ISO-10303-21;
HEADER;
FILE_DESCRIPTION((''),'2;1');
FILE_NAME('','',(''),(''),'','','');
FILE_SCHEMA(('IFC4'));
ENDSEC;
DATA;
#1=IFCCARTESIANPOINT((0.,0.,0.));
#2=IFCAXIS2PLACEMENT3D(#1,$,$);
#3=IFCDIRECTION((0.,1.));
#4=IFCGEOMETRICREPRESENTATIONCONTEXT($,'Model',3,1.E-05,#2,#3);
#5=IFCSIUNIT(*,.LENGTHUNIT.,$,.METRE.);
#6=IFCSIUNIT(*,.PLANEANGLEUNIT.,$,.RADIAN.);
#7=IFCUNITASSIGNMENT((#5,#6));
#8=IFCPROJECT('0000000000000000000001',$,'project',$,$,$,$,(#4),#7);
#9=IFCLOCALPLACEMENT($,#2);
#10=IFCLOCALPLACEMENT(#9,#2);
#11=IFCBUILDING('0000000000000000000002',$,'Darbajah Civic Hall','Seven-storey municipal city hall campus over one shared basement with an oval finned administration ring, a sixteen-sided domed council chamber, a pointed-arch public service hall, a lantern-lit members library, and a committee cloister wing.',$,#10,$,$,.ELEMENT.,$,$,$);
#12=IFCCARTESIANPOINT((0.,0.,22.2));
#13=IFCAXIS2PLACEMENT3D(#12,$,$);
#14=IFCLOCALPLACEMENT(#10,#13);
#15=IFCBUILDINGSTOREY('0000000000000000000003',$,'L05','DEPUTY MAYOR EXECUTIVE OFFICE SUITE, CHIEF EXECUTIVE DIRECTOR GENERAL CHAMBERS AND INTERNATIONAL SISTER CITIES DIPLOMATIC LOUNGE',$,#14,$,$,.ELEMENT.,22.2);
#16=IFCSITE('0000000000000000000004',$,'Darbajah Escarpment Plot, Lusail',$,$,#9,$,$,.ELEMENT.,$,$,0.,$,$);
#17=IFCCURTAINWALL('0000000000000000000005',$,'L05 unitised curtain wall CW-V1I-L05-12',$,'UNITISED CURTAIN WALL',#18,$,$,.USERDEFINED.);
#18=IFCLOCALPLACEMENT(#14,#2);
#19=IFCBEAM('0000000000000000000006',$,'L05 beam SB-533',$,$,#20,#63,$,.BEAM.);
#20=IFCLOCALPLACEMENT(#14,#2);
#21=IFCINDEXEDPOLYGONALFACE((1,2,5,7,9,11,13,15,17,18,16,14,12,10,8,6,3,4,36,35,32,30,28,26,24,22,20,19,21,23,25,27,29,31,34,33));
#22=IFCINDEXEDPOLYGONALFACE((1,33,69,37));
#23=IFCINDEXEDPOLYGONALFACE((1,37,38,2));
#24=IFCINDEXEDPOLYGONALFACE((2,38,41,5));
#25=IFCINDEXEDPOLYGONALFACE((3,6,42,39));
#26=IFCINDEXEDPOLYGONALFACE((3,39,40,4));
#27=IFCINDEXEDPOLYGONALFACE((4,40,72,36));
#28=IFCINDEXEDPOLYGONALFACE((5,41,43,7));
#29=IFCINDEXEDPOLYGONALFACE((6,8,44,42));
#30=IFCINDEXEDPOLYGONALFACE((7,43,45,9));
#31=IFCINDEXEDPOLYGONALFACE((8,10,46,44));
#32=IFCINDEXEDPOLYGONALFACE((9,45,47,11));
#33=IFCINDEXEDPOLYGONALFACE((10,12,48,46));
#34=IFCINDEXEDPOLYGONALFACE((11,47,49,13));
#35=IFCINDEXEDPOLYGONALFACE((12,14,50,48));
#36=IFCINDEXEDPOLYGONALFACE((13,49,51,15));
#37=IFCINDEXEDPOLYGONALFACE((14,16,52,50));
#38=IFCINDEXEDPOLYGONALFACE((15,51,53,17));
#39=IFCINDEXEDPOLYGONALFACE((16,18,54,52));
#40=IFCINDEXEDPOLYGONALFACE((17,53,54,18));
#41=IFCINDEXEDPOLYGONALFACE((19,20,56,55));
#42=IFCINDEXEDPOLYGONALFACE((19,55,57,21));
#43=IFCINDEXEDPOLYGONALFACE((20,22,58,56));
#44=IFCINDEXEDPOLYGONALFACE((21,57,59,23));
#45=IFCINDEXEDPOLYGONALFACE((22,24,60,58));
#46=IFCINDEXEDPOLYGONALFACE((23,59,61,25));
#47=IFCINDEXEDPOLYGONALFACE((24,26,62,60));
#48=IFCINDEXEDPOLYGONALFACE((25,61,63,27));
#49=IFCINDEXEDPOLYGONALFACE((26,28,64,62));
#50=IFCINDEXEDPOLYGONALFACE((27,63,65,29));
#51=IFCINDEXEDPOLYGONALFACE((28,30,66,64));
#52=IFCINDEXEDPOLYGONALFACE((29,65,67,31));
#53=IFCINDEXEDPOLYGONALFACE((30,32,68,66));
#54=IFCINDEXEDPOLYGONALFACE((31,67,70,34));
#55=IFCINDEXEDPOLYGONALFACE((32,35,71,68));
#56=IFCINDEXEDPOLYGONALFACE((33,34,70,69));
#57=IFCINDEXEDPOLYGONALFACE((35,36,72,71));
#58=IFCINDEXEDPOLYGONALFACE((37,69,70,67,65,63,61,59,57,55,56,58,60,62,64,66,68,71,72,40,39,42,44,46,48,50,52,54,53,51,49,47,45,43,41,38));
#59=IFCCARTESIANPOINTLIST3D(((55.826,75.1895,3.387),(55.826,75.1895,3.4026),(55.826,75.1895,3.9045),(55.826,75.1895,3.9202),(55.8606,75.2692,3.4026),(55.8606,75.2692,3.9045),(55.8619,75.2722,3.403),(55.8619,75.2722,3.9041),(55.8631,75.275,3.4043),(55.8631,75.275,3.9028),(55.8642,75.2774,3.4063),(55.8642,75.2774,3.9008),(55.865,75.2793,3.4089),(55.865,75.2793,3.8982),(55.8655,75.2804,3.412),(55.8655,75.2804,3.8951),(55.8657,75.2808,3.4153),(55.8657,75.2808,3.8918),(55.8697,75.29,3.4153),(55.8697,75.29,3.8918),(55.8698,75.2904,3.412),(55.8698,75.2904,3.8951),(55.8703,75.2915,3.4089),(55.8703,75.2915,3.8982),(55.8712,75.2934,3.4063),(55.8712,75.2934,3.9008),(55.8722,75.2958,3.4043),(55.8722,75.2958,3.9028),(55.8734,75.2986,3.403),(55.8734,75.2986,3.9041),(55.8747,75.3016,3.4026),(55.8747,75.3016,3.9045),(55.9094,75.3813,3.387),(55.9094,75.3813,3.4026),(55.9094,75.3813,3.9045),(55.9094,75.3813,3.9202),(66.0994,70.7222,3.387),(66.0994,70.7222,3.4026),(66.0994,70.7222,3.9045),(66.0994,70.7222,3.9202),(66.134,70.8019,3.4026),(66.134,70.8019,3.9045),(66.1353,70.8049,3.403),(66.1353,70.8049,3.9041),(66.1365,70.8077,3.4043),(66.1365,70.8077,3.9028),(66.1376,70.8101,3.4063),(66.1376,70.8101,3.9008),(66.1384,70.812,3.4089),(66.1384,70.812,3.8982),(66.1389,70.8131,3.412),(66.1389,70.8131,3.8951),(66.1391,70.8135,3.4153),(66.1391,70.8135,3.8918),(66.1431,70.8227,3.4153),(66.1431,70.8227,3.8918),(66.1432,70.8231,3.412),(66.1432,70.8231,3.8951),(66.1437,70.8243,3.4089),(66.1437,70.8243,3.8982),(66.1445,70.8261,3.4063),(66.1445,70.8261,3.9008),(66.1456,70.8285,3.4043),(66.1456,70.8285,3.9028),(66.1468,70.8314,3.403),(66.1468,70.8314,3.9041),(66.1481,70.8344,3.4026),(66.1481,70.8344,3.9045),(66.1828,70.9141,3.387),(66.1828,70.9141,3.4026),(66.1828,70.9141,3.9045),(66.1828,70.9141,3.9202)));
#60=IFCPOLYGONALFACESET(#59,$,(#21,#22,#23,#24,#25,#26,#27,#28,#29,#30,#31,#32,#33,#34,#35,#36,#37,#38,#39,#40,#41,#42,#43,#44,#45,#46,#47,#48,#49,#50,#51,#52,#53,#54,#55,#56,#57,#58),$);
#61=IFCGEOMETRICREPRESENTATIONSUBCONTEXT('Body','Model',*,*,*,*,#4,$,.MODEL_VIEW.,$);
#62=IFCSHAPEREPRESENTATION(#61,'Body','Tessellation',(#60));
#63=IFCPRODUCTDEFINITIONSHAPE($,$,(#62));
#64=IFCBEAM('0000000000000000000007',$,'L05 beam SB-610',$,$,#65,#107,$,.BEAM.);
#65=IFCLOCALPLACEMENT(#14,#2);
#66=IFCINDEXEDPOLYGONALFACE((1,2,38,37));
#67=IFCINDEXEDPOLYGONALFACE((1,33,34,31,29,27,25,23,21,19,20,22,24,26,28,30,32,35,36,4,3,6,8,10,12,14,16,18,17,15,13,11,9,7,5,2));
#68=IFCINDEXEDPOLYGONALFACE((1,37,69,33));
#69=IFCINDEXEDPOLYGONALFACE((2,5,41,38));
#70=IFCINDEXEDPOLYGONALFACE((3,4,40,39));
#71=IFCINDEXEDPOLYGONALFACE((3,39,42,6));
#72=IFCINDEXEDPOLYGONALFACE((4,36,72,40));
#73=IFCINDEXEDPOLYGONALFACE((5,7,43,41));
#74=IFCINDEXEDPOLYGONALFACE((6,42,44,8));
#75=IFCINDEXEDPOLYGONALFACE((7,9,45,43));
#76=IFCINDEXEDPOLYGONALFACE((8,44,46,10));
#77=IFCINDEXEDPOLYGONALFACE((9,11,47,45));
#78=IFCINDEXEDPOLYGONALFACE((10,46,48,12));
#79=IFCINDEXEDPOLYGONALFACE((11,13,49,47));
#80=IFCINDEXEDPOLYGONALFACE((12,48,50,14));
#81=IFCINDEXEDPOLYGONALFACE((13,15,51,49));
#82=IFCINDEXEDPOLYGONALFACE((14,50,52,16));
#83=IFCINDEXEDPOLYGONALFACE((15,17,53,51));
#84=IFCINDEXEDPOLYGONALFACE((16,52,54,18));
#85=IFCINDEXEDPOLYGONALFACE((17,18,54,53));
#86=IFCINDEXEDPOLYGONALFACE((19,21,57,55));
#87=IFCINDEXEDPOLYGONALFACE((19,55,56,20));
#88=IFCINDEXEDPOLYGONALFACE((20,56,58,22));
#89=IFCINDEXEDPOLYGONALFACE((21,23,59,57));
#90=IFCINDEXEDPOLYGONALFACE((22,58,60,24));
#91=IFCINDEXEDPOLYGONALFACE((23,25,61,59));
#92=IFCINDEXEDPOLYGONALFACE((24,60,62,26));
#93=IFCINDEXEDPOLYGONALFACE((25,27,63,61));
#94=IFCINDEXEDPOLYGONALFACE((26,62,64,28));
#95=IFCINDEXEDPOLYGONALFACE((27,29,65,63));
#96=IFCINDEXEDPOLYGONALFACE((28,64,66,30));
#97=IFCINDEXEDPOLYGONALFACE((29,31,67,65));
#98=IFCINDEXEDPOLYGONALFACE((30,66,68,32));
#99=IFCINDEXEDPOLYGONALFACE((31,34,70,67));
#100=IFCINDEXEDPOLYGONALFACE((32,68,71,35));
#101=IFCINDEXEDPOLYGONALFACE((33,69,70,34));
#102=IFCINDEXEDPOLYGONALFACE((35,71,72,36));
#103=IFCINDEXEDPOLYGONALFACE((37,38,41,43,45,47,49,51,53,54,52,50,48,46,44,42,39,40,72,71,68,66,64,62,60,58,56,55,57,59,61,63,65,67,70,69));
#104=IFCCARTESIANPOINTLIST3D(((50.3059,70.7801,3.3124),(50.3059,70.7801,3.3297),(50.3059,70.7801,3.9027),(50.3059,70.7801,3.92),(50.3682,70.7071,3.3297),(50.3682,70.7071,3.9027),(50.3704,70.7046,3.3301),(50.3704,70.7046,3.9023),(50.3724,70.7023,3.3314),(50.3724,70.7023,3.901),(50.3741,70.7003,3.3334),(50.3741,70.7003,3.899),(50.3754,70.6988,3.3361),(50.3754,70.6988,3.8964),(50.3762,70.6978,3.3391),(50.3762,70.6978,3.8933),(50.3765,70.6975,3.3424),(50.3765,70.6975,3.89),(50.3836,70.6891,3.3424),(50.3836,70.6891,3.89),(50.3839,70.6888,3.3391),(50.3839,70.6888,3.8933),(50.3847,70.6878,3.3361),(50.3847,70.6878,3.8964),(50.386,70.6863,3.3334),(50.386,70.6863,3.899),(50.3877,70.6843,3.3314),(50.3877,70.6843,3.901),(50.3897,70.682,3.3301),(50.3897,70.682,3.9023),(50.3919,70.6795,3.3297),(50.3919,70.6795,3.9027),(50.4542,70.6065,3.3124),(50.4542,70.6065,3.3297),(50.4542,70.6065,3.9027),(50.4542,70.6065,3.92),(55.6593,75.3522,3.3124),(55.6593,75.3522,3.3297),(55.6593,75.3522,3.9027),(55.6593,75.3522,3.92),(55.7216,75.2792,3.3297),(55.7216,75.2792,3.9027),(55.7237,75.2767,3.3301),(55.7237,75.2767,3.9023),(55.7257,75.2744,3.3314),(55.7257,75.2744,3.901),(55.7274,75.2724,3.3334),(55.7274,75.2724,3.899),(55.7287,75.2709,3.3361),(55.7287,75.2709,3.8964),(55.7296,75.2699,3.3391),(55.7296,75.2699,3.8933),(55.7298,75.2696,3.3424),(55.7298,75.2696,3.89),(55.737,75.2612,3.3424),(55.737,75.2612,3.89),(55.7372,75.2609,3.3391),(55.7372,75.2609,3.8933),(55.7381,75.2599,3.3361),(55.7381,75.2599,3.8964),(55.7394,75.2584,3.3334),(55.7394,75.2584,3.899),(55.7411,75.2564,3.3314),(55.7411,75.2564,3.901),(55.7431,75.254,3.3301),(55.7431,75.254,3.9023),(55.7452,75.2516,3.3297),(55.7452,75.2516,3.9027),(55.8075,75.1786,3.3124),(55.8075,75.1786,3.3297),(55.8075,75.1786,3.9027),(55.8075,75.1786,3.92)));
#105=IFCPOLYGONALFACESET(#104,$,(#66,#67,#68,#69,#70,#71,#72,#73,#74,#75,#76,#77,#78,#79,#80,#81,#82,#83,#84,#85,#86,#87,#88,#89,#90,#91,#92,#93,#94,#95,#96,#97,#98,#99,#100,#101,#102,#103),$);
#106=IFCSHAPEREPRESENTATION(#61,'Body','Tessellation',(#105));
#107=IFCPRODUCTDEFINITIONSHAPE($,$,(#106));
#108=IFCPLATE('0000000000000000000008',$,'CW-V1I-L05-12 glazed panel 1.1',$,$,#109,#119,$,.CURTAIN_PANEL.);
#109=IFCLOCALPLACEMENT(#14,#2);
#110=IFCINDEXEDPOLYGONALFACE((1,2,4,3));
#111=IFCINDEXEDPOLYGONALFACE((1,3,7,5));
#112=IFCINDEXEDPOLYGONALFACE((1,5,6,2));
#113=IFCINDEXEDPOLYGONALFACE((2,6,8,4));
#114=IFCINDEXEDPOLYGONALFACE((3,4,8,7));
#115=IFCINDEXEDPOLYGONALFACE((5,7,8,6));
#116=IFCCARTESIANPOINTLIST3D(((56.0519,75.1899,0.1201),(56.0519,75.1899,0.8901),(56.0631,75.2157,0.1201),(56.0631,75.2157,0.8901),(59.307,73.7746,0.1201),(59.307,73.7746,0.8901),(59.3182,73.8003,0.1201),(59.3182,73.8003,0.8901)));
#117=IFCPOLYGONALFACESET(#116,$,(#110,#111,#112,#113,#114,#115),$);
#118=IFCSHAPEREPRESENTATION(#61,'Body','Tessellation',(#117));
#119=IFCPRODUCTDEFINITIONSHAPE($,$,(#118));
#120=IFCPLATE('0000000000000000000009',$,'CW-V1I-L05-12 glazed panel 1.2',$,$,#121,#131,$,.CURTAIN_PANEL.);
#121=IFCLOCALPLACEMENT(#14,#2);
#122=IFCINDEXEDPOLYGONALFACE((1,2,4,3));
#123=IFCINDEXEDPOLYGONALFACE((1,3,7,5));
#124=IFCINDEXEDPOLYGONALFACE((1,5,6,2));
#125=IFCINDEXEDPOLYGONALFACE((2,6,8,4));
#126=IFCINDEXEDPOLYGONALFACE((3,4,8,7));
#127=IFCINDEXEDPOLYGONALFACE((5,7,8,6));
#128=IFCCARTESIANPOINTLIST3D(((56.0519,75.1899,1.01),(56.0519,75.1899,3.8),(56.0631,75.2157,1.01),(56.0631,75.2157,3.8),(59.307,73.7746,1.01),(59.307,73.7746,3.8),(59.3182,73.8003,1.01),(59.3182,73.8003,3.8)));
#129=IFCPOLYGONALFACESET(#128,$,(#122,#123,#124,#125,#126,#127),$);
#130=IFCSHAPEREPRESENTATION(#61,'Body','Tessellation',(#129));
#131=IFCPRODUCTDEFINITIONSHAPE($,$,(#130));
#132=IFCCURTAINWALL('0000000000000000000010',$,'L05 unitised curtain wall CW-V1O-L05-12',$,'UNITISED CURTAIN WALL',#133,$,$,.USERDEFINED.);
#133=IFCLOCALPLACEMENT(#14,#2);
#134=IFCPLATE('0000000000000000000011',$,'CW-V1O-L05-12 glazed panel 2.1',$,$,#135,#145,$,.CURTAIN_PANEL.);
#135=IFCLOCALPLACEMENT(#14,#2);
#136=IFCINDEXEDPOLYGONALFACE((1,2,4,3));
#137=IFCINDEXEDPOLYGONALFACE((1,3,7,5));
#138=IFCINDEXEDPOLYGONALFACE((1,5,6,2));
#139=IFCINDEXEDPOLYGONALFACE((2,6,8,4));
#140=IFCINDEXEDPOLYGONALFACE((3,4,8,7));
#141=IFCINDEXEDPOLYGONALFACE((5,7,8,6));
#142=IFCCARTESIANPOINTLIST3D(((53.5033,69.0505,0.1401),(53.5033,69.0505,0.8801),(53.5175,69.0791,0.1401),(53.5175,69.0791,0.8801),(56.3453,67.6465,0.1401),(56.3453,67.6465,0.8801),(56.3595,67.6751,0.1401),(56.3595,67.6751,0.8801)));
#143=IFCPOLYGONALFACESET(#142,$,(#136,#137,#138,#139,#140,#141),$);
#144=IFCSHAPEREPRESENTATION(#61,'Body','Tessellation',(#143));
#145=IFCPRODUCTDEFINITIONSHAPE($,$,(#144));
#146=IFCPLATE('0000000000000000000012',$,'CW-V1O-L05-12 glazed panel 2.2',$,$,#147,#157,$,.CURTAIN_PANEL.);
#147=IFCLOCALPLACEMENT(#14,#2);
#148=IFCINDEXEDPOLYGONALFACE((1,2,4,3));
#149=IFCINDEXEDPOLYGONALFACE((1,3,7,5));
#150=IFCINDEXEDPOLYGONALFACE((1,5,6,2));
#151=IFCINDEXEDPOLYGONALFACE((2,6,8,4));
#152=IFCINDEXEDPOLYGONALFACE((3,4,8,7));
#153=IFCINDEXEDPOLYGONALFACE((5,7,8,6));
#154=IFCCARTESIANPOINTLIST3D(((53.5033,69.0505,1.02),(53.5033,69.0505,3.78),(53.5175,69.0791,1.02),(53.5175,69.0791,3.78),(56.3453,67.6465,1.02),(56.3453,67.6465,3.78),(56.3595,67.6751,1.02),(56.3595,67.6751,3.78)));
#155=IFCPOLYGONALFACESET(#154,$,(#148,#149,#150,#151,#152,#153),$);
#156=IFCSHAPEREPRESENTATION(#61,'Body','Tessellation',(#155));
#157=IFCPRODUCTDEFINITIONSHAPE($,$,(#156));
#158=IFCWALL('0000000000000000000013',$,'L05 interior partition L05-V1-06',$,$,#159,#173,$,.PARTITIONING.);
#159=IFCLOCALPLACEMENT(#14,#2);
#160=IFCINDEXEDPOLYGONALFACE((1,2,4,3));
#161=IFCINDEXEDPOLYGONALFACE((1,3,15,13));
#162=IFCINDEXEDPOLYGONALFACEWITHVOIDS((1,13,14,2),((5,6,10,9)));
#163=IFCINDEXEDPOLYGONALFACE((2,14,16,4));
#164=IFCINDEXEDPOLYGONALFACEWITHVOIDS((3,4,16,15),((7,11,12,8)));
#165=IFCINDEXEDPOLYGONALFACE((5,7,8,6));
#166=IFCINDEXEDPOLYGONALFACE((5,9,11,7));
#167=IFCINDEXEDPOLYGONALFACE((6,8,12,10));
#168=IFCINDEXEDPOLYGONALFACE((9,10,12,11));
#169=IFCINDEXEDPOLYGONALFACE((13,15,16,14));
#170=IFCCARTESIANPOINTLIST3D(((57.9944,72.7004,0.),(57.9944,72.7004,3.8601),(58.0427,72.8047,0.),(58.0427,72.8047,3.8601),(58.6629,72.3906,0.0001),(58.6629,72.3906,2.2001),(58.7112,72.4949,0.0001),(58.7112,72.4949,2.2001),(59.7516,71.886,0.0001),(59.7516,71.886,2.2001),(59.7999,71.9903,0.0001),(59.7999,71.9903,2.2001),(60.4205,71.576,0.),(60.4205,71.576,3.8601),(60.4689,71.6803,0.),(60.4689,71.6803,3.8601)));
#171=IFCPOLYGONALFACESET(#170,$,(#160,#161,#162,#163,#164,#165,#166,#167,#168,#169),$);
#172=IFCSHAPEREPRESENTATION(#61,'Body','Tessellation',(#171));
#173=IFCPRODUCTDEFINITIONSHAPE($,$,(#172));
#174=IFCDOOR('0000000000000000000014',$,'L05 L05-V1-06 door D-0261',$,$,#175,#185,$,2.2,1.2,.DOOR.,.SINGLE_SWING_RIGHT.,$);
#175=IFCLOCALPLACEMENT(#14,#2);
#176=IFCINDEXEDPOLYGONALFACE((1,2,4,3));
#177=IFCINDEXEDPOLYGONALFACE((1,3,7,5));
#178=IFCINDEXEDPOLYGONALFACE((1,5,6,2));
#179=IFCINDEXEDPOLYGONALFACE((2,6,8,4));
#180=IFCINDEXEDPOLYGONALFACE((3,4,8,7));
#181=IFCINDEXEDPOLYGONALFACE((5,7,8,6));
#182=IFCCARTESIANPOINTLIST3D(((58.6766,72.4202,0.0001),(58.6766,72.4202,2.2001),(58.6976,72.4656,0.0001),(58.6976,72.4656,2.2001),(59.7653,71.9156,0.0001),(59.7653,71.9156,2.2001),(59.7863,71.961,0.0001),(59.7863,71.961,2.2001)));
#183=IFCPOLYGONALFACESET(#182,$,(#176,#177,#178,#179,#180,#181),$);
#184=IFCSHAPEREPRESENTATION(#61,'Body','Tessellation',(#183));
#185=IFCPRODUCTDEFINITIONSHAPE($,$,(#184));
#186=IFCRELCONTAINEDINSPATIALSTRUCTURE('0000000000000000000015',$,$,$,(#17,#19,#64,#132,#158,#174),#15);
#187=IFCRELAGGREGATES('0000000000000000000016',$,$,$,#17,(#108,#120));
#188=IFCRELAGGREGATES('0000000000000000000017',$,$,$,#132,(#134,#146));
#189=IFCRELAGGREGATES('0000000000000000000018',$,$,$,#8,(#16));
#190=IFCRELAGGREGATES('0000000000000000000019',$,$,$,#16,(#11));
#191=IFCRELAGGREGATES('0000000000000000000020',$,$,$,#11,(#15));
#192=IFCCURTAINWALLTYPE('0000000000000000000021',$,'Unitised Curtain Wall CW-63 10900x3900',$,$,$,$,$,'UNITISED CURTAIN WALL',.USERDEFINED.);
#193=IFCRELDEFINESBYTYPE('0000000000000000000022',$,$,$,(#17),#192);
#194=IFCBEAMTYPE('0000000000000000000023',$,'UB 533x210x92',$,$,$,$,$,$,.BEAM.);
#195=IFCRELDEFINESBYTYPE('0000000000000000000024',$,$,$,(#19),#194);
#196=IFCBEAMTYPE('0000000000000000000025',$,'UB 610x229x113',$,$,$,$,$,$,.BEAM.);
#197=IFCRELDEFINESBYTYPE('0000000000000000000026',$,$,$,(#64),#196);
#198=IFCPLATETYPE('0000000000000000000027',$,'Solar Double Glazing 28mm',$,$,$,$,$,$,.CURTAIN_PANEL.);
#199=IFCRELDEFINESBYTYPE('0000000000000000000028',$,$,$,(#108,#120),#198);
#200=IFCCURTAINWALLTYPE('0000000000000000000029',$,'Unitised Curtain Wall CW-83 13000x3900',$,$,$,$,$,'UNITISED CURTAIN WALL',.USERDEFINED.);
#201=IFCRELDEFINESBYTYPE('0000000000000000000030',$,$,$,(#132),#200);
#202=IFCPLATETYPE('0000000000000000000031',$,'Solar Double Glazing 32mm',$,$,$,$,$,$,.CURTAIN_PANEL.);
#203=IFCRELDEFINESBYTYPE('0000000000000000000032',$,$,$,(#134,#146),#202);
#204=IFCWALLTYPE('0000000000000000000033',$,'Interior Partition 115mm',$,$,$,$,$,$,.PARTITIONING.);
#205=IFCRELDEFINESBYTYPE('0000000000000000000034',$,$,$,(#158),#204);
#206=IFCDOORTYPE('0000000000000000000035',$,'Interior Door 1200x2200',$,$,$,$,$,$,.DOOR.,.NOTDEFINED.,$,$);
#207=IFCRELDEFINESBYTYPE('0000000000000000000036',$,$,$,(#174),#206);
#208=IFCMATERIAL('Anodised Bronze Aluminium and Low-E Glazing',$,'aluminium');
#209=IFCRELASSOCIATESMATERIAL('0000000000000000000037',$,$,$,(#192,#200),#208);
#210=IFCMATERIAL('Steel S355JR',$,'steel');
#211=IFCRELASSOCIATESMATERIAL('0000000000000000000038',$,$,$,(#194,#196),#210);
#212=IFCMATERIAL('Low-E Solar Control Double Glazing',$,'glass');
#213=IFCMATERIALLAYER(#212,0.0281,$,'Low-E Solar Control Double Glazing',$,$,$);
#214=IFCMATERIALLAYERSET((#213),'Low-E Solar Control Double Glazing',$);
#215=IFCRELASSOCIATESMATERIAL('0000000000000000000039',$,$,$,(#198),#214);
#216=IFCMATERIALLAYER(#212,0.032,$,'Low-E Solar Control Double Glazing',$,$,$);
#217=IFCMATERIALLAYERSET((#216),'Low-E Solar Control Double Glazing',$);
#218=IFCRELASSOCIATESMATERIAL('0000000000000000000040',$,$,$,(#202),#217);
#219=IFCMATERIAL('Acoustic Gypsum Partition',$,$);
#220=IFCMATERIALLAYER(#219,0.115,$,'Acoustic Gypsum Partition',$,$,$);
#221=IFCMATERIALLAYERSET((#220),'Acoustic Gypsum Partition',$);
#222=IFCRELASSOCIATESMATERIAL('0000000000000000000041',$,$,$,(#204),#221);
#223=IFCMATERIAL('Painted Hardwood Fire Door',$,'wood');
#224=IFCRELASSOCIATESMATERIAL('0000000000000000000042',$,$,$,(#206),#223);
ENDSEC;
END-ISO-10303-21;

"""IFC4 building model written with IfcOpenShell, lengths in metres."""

from ifc_helpers import new_model, si_unit, direction, frame, frame_2d, origin, origin_2d, place, context, subcontext, project, spatial, rectangle, i_section, extrude, material, layer, layer_set, material_profile, profile_set, type_object, element, fill, aggregate, save


model = new_model("IFC4")

# Units and contexts
model_context = context("Model", 3, precision=1e-05, world=origin(), true_north=direction((0.0, 1.0)))
body_context = subcontext(model_context, "Body", "Model", "MODEL_VIEW")
ifc_project = project(units=[si_unit("LENGTHUNIT", "METRE"), si_unit("PLANEANGLEUNIT", "RADIAN")], contexts=[model_context])

# Site, building, storey
site_placement = place(None, origin())
site = spatial("IfcSite", under=ifc_project, at=site_placement, Name="Darbajah Escarpment Plot, Lusail", CompositionType="ELEMENT", RefElevation=0.0)
building_placement = place(site_placement, origin())
building = spatial("IfcBuilding", under=site, at=building_placement, Name="Darbajah Civic Hall", Description="Seven-storey municipal city hall campus over one shared basement with an oval finned administration ring, a sixteen-sided domed council chamber, a pointed-arch public service hall, a lantern-lit members library, and a committee cloister wing.", CompositionType="ELEMENT")
storey_placement = place(building_placement, frame((0.0, 0.0, 22.2)))
storey = spatial("IfcBuildingStorey", under=building, at=storey_placement, Name="L05", Description="DEPUTY MAYOR EXECUTIVE OFFICE SUITE, CHIEF EXECUTIVE DIRECTOR GENERAL CHAMBERS AND INTERNATIONAL SISTER CITIES DIPLOMATIC LOUNGE", CompositionType="ELEMENT", Elevation=22.2)

# Curtain wall
ifc_material_1 = material(Name="Anodised Bronze Aluminium and Low-E Glazing", Category="aluminium")
curtain_wall_type_1 = type_object("IfcCurtainWallType", Name="Unitised Curtain Wall CW-63 10900x3900", ElementType="UNITISED CURTAIN WALL", PredefinedType="USERDEFINED", material=ifc_material_1)
curtain_wall_1_placement = place(storey_placement, origin())
curtain_wall_1 = element("IfcCurtainWall", 1, at=curtain_wall_1_placement, inside=storey, type_object=curtain_wall_type_1, Name="L05 unitised curtain wall CW-V1I-L05-12", ObjectType="UNITISED CURTAIN WALL", PredefinedType="USERDEFINED")

# Beams
ifc_material_2 = material(Name="Steel S355JR", Category="steel")
ifc_material_profile_1 = material_profile(ifc_material_2, i_section(OverallWidth=0.2092, OverallDepth=0.5332, WebThickness=0.01, FlangeThickness=0.0156, FilletRadius=0.0127, at=origin_2d()), Name="UB 533x210x92")
ifc_profile_set_1 = profile_set([ifc_material_profile_1], Name="Steel S355JR")
beam_type_1 = type_object("IfcBeamType", Name="UB 533x210x92", PredefinedType="BEAM", material=ifc_profile_set_1)
beam_1_placement = place(storey_placement, frame((55.8677, 75.2854, 3.6536), z_axis=(0.917051, -0.398769, 0.0), x_axis=(0.398769, 0.917051, 0.0)))
element("IfcBeam", 2, at=beam_1_placement, inside=storey, type_object=beam_type_1, Name="L05 beam SB-533", PredefinedType="BEAM", context=body_context, shape_type="SweptSolid", body=[
    extrude(i_section(OverallWidth=0.2092, OverallDepth=0.5332, WebThickness=0.01, FlangeThickness=0.0156, FilletRadius=0.0127, at=origin_2d()), origin(), (0.0, 0.0, 1.0), 11.2026),
])
ifc_material_profile_2 = material_profile(ifc_material_2, i_section(OverallWidth=0.2283, OverallDepth=0.6077, WebThickness=0.011, FlangeThickness=0.0173, FilletRadius=0.0127, at=origin_2d()), Name="UB 610x229x113")
ifc_profile_set_2 = profile_set([ifc_material_profile_2], Name="Steel S355JR")
beam_type_2 = type_object("IfcBeamType", Name="UB 610x229x113", PredefinedType="BEAM", material=ifc_profile_set_2)
beam_2_placement = place(storey_placement, frame((55.7334, 75.2654, 3.6162), z_axis=(-0.760413, -0.649439, 0.0), x_axis=(0.649439, -0.760413, 0.0)))
element("IfcBeam", 3, at=beam_2_placement, inside=storey, type_object=beam_type_2, Name="L05 beam SB-610", PredefinedType="BEAM", context=body_context, shape_type="SweptSolid", body=[
    extrude(i_section(OverallWidth=0.2283, OverallDepth=0.6077, WebThickness=0.011, FlangeThickness=0.0173, FilletRadius=0.0127, at=origin_2d()), origin(), (0.0, 0.0, 1.0), 7.04),
])

# Plates
ifc_material_3 = material(Name="Low-E Solar Control Double Glazing", Category="glass")
ifc_layer_1 = layer(ifc_material_3, 0.0281, Name="Low-E Solar Control Double Glazing")
ifc_layer_set_1 = layer_set([ifc_layer_1], Name="Low-E Solar Control Double Glazing")
plate_type_1 = type_object("IfcPlateType", Name="Solar Double Glazing 28mm", PredefinedType="CURTAIN_PANEL", material=ifc_layer_set_1)
plate_1_placement = place(storey_placement, frame((57.6851, 74.4951, 0.1201), z_axis=(0.0, 0.0, 1.0), x_axis=(0.91706, -0.398749, 0.0)))
plate_1 = element("IfcPlate", 4, at=plate_1_placement, type_object=plate_type_1, Name="CW-V1I-L05-12 glazed panel 1.1", PredefinedType="CURTAIN_PANEL", context=body_context, shape_type="SweptSolid", body=[
    extrude(rectangle(XDim=3.5496, YDim=0.0281, at=origin_2d()), origin(), (0.0, 0.0, 1.0), 0.77),
])
plate_2_placement = place(storey_placement, frame((57.6851, 74.4951, 1.01), z_axis=(0.0, 0.0, 1.0), x_axis=(0.91706, -0.398749, 0.0)))
plate_2 = element("IfcPlate", 5, at=plate_2_placement, type_object=plate_type_1, Name="CW-V1I-L05-12 glazed panel 1.2", PredefinedType="CURTAIN_PANEL", context=body_context, shape_type="SweptSolid", body=[
    extrude(rectangle(XDim=3.5496, YDim=0.0281, at=origin_2d()), origin(), (0.0, 0.0, 1.0), 2.79),
])
aggregate(curtain_wall_1, [plate_1, plate_2])

# Curtain wall, plates
curtain_wall_type_2 = type_object("IfcCurtainWallType", Name="Unitised Curtain Wall CW-83 13000x3900", ElementType="UNITISED CURTAIN WALL", PredefinedType="USERDEFINED", material=ifc_material_1)
curtain_wall_2_placement = place(storey_placement, origin())
curtain_wall_2 = element("IfcCurtainWall", 6, at=curtain_wall_2_placement, inside=storey, type_object=curtain_wall_type_2, Name="L05 unitised curtain wall CW-V1O-L05-12", ObjectType="UNITISED CURTAIN WALL", PredefinedType="USERDEFINED")
ifc_layer_2 = layer(ifc_material_3, 0.032, Name="Low-E Solar Control Double Glazing")
ifc_layer_set_2 = layer_set([ifc_layer_2], Name="Low-E Solar Control Double Glazing")
plate_type_2 = type_object("IfcPlateType", Name="Solar Double Glazing 32mm", PredefinedType="CURTAIN_PANEL", material=ifc_layer_set_2)
plate_3_placement = place(storey_placement, frame((54.9314, 68.3628, 0.1401), z_axis=(0.0, 0.0, 1.0), x_axis=(0.896564, -0.442915, 0.0)))
plate_3 = element("IfcPlate", 7, at=plate_3_placement, type_object=plate_type_2, Name="CW-V1O-L05-12 glazed panel 2.1", PredefinedType="CURTAIN_PANEL", context=body_context, shape_type="SweptSolid", body=[
    extrude(rectangle(XDim=3.1699, YDim=0.032, at=origin_2d()), origin(), (0.0, 0.0, 1.0), 0.74),
])
plate_4_placement = place(storey_placement, frame((54.9314, 68.3628, 1.02), z_axis=(0.0, 0.0, 1.0), x_axis=(0.896564, -0.442915, 0.0)))
plate_4 = element("IfcPlate", 8, at=plate_4_placement, type_object=plate_type_2, Name="CW-V1O-L05-12 glazed panel 2.2", PredefinedType="CURTAIN_PANEL", context=body_context, shape_type="SweptSolid", body=[
    extrude(rectangle(XDim=3.1699, YDim=0.032, at=origin_2d()), origin(), (0.0, 0.0, 1.0), 2.76),
])
aggregate(curtain_wall_2, [plate_3, plate_4])

# Wall, opening, door
ifc_material_4 = material(Name="Acoustic Gypsum Partition")
ifc_layer_3 = layer(ifc_material_4, 0.115, Name="Acoustic Gypsum Partition")
ifc_layer_set_3 = layer_set([ifc_layer_3], Name="Acoustic Gypsum Partition")
wall_type = type_object("IfcWallType", Name="Interior Partition 115mm", PredefinedType="PARTITIONING", material=ifc_layer_set_3)
wall_placement = place(storey_placement, frame((60.4446, 71.6282, 0.0), z_axis=(0.0, 0.0, 1.0), x_axis=(-0.90729, 0.420505, 0.0)))
wall = element("IfcWall", 9, at=wall_placement, inside=storey, type_object=wall_type, Name="L05 interior partition L05-V1-06", PredefinedType="PARTITIONING", context=body_context, shape_type="SweptSolid", body=[
    extrude(rectangle(XDim=2.6741, YDim=0.115, at=frame_2d((1.3369, 0.0))), origin(), (0.0, 0.0, 1.0), 3.8601),
])
opening_placement = place(wall_placement, frame((0.7371, 0.0, 0.0)))
opening = element("IfcOpeningElement", 10, at=opening_placement, cuts=wall, PredefinedType="OPENING", context=body_context, shape_type="SweptSolid", body=[
    extrude(rectangle(XDim=1.2, YDim=2.2, at=frame_2d((0.6001, 1.1001))), frame((0.0, 0.0674, 0.0), z_axis=(0.0, -1.0, 0.0), x_axis=(1.0, 0.0, 0.0)), (0.0, 0.0, 1.0), 0.135),
])
ifc_material_5 = material(Name="Painted Hardwood Fire Door", Category="wood")
door_type = type_object("IfcDoorType", Name="Interior Door 1200x2200", OperationType="NOTDEFINED", PredefinedType="DOOR", material=ifc_material_5)
door_placement = place(opening_placement, origin())
door = element("IfcDoor", 11, at=door_placement, inside=storey, type_object=door_type, Name="L05 L05-V1-06 door D-0261", OperationType="SINGLE_SWING_RIGHT", OverallHeight=2.2, OverallWidth=1.2, PredefinedType="DOOR", context=body_context, shape_type="SweptSolid", body=[
    extrude(rectangle(XDim=1.2, YDim=2.2, at=frame_2d((0.6001, 1.1001))), frame((0.0, 0.0249, 0.0), z_axis=(0.0, -1.0, 0.0), x_axis=(1.0, 0.0, 0.0)), (0.0, 0.0, 1.0), 0.05),
])
fill(opening, door)

save(model, "model.ifc")
